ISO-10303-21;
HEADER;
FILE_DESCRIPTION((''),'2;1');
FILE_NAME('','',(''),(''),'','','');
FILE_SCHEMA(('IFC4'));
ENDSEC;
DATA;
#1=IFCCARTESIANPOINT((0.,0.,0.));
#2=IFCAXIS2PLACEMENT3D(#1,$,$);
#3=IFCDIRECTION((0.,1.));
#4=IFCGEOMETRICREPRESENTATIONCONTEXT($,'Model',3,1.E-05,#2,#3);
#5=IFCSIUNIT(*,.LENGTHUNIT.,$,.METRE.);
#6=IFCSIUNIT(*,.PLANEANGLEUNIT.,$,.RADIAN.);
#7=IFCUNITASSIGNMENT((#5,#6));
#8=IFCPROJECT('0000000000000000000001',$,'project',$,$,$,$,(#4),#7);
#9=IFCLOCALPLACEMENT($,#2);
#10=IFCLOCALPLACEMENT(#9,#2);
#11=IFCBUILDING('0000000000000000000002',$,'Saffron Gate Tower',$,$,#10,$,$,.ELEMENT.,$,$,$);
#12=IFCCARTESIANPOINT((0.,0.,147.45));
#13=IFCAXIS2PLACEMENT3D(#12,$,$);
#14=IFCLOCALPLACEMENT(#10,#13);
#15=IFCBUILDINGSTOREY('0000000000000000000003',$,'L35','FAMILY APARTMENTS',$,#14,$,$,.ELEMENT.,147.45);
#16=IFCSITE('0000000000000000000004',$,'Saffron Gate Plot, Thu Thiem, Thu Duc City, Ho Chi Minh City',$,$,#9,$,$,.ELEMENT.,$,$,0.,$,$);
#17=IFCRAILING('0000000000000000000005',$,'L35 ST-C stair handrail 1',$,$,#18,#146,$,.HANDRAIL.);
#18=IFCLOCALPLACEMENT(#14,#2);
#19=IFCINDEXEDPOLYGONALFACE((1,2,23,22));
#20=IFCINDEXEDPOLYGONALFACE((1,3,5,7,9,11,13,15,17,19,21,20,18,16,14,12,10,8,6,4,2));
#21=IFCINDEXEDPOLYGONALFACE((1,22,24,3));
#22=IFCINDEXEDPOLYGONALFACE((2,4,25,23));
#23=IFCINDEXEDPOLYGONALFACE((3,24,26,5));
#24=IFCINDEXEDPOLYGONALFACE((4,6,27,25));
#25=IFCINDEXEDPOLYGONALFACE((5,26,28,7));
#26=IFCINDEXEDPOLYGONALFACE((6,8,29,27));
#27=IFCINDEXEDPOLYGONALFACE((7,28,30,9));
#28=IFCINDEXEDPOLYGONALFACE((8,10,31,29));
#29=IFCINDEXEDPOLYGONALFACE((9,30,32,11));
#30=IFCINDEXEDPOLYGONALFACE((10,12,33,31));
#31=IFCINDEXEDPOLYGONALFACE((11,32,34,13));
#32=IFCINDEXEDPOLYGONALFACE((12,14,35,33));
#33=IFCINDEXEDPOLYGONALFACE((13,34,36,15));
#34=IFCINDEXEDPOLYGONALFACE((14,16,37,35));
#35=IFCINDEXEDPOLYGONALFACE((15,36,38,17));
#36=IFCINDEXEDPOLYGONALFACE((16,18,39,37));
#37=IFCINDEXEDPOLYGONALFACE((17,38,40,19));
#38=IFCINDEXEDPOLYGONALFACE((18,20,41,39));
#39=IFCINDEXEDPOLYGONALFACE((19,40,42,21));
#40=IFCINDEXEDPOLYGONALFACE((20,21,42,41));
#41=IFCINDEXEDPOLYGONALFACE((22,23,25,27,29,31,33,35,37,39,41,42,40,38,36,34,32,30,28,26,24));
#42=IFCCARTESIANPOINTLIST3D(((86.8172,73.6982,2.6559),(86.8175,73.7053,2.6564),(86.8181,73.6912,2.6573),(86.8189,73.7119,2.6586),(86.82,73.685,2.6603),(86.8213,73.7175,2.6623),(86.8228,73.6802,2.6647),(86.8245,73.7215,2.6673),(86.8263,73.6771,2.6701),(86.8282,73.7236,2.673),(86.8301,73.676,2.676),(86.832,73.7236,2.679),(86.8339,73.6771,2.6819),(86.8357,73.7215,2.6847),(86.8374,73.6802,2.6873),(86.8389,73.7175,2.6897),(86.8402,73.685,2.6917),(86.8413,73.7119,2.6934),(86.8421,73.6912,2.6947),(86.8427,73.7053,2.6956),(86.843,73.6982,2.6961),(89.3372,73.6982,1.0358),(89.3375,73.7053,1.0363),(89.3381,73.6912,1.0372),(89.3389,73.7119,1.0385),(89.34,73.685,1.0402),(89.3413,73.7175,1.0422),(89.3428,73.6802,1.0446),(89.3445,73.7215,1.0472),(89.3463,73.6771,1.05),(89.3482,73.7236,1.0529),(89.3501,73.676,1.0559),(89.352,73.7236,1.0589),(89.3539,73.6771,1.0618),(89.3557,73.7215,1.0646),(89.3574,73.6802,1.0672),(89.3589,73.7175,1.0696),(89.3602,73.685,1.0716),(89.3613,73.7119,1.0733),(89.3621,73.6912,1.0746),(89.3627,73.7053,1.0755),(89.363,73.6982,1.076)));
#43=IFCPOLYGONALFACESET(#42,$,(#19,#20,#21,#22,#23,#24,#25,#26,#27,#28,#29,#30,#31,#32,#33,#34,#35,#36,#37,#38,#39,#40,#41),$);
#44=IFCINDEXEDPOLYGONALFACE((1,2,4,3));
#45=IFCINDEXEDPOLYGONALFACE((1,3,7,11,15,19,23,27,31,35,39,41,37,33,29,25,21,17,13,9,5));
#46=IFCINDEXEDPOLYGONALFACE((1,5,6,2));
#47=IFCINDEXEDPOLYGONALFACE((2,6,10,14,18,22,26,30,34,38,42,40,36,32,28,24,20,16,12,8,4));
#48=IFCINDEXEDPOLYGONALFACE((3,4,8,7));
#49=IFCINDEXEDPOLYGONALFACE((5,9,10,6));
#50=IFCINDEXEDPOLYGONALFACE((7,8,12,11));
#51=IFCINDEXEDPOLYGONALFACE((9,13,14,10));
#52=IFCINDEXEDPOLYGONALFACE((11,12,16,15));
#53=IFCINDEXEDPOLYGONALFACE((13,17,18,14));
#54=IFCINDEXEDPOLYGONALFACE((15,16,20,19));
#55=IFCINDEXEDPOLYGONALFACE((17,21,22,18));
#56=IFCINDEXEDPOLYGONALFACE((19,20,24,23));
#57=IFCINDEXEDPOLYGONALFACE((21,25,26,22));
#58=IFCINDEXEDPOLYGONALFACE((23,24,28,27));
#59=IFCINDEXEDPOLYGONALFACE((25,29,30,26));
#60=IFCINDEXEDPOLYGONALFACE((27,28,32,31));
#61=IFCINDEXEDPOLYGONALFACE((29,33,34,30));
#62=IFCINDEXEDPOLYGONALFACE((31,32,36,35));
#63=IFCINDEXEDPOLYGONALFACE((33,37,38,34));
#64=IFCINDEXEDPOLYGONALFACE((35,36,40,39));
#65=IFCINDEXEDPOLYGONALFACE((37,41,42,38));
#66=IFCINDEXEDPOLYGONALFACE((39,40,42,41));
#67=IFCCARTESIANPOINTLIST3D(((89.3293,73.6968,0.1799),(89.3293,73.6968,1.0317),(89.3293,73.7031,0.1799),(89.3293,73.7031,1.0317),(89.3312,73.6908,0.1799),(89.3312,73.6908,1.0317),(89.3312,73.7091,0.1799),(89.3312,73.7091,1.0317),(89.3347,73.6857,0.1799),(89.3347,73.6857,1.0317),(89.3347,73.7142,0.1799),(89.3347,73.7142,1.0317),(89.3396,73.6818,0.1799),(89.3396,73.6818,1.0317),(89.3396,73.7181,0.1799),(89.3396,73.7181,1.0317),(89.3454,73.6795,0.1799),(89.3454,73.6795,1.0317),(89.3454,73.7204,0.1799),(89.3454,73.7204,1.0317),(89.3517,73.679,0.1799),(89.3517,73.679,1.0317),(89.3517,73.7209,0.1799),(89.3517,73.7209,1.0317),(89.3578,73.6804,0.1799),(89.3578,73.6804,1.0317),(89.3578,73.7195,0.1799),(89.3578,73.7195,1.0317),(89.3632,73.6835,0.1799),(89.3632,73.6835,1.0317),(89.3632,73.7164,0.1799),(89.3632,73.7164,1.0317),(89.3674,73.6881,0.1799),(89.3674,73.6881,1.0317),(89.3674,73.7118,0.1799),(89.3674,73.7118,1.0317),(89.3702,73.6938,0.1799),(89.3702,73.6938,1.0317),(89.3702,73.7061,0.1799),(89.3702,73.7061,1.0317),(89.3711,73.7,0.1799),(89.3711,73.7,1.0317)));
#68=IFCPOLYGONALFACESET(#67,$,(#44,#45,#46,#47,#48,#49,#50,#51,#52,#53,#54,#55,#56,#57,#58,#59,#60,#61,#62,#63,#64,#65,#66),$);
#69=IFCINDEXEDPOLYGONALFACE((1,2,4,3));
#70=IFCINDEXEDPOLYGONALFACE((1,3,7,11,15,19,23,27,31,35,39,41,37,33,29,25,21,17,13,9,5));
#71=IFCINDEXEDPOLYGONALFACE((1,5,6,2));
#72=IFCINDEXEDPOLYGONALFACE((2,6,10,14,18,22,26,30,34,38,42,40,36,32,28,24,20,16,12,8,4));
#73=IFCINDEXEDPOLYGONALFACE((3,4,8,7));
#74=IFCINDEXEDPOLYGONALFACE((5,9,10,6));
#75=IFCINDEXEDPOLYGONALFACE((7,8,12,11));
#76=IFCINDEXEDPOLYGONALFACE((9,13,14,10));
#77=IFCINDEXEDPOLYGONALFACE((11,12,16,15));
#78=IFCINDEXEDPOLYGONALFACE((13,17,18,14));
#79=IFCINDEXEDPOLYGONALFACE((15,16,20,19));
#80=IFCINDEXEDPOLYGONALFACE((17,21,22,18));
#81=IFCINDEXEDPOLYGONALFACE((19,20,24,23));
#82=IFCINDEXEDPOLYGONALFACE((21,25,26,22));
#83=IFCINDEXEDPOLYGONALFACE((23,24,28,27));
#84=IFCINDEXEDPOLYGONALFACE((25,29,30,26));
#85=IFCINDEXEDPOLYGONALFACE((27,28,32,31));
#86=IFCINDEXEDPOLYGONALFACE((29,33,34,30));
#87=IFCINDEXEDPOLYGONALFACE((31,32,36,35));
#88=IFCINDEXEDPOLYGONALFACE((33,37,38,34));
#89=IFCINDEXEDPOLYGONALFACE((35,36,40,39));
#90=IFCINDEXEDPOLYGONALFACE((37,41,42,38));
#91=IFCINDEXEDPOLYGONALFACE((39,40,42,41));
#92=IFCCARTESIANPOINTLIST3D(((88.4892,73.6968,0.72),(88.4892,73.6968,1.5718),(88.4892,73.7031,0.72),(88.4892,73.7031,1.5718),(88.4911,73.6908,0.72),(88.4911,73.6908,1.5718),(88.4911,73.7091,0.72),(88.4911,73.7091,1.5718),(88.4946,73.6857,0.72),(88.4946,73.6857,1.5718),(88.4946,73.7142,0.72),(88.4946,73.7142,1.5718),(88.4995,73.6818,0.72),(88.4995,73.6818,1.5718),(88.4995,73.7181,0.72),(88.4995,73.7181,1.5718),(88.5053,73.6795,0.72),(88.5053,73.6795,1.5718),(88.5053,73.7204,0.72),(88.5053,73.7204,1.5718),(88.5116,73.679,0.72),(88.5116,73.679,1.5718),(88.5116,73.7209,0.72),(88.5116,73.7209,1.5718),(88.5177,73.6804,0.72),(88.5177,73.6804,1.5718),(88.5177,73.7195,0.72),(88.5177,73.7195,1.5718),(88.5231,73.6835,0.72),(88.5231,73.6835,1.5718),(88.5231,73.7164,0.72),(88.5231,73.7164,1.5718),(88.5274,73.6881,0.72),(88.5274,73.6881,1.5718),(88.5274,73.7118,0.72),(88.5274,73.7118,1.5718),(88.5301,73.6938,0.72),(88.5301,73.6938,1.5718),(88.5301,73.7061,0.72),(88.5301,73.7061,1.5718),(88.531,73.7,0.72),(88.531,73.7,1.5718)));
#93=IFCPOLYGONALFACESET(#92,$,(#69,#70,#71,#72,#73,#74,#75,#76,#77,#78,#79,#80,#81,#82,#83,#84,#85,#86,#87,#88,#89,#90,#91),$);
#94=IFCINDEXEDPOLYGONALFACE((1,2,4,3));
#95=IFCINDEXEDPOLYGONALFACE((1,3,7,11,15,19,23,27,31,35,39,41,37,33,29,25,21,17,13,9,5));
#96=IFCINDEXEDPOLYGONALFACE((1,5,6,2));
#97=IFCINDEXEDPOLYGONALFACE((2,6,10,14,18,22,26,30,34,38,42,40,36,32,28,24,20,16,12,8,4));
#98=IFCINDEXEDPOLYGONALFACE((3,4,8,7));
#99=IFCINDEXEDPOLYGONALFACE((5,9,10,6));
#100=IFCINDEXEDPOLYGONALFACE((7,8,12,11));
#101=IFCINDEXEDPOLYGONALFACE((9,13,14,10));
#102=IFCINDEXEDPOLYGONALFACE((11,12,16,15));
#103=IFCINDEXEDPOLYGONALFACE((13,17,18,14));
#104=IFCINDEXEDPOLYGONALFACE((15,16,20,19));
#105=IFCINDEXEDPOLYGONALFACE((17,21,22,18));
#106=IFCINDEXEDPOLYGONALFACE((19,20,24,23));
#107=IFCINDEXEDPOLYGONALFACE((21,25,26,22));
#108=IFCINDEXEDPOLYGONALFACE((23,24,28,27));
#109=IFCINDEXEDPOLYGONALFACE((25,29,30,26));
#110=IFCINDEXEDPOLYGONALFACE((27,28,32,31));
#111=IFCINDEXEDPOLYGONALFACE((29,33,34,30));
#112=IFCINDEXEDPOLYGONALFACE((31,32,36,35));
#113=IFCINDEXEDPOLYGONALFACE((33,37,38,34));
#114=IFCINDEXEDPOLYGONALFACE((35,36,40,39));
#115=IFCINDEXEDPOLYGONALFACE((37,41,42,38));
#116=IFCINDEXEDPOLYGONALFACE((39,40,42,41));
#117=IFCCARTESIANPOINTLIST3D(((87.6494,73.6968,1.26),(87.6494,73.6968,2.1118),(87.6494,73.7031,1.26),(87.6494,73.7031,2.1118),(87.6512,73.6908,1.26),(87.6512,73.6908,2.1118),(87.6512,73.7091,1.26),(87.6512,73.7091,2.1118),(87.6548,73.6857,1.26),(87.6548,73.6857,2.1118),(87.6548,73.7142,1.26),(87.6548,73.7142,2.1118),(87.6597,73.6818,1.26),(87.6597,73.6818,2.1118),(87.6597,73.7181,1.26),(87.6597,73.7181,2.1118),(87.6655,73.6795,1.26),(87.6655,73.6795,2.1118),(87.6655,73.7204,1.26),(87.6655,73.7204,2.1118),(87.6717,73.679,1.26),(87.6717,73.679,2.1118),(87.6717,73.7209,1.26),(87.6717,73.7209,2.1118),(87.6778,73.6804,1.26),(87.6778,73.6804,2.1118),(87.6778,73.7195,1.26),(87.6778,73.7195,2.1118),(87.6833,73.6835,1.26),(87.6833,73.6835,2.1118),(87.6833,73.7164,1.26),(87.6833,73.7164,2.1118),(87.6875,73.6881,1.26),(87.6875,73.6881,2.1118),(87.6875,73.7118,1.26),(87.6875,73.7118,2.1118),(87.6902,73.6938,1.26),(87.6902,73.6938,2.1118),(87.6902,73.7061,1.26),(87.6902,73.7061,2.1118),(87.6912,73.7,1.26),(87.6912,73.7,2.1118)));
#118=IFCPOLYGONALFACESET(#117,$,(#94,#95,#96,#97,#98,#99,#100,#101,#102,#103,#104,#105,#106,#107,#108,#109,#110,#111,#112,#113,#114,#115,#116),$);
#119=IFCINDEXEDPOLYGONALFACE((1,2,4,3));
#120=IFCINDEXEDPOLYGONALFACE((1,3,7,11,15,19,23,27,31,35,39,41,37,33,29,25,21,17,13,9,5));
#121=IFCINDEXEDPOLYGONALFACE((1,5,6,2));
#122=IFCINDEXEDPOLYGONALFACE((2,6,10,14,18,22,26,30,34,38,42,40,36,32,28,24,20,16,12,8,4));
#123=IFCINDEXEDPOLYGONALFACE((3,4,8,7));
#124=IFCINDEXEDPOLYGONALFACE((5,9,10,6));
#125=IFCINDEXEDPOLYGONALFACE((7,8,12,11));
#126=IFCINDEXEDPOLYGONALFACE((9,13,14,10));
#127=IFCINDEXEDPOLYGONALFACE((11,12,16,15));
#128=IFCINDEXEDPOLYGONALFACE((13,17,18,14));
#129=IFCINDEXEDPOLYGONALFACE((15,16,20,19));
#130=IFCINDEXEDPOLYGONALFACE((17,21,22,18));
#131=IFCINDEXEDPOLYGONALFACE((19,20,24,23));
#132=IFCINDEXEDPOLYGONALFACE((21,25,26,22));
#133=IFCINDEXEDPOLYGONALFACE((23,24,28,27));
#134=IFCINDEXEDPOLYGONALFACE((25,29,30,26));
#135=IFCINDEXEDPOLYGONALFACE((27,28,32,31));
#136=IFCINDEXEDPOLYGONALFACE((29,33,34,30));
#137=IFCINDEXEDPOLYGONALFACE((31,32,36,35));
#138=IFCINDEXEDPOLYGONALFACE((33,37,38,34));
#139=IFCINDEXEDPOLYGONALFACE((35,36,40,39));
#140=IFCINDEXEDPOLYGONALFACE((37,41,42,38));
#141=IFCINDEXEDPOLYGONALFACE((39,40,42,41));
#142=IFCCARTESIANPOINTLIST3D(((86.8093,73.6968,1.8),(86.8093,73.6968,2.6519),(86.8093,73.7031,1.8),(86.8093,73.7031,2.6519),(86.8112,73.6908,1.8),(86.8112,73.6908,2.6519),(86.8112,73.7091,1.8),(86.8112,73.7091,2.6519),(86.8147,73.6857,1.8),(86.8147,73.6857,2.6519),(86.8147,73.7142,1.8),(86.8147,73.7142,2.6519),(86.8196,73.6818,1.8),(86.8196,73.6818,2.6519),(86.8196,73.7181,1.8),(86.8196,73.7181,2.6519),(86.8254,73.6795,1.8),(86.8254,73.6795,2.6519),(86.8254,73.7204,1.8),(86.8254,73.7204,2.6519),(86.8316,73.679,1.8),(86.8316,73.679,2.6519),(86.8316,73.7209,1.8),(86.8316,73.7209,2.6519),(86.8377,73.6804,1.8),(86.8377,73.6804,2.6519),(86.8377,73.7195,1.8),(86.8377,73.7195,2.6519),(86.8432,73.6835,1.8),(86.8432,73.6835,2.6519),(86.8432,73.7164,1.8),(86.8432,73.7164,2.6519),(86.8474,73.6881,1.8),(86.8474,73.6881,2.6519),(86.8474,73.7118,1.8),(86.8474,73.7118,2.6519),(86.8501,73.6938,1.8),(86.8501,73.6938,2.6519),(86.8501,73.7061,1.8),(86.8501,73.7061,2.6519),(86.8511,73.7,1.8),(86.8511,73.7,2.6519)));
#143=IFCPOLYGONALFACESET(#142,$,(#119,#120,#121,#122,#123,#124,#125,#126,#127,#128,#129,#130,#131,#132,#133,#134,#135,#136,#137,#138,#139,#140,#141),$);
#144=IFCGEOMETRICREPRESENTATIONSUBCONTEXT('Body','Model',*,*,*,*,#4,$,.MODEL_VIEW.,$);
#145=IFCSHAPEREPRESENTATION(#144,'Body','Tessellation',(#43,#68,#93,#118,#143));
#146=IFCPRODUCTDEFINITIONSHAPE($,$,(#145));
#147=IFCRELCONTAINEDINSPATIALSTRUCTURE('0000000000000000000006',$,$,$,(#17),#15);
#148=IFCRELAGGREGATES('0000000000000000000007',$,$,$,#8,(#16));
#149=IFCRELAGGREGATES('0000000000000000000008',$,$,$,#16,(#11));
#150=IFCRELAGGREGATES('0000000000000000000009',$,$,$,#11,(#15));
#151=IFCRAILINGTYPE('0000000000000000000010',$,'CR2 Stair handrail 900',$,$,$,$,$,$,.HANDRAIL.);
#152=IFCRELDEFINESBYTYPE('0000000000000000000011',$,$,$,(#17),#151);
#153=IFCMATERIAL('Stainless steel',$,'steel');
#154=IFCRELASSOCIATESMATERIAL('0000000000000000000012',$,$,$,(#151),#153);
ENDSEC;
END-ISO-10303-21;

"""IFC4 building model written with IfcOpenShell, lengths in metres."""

from ifc_helpers import new_model, si_unit, direction, frame, origin, origin_2d, place, context, subcontext, project, spatial, circle, extrude, material, type_object, element, save


model = new_model("IFC4")

# Units and contexts
model_context = context("Model", 3, precision=1e-05, world=origin(), true_north=direction((0.0, 1.0)))
body_context = subcontext(model_context, "Body", "Model", "MODEL_VIEW")
ifc_project = project(units=[si_unit("LENGTHUNIT", "METRE"), si_unit("PLANEANGLEUNIT", "RADIAN")], contexts=[model_context])

# Site, building, storey
site_placement = place(None, origin())
site = spatial("IfcSite", under=ifc_project, at=site_placement, Name="Saffron Gate Plot, Thu Thiem, Thu Duc City, Ho Chi Minh City", CompositionType="ELEMENT", RefElevation=0.0)
building_placement = place(site_placement, origin())
building = spatial("IfcBuilding", under=site, at=building_placement, Name="Saffron Gate Tower", CompositionType="ELEMENT")
storey_placement = place(building_placement, frame((0.0, 0.0, 147.45)))
storey = spatial("IfcBuildingStorey", under=building, at=storey_placement, Name="L35", Description="FAMILY APARTMENTS", CompositionType="ELEMENT", Elevation=147.45)

# Railing
ifc_material_1 = material(Name="Stainless steel", Category="steel")
railing_type_1 = type_object("IfcRailingType", Name="CR2 Stair handrail 900", PredefinedType="HANDRAIL", material=ifc_material_1)
railing_1_placement = place(storey_placement, frame((89.3501, 73.7, 0.1799)))
element("IfcRailing", 1, at=railing_1_placement, inside=storey, type_object=railing_type_1, Name="L35 ST-C stair handrail 1", PredefinedType="HANDRAIL", context=body_context, shape_type="SweptSolid", body=[
    extrude(circle(Radius=0.0239, at=origin_2d()), frame((0.0, 0.0, 0.876), z_axis=(-0.841163, 0.0, 0.540782), x_axis=(0.0, -1.0, 0.0)), (0.0, 0.0, 1.0), 2.9958),
    extrude(circle(Radius=0.021, at=origin_2d()), origin(), (0.0, 0.0, 1.0), 0.8518),
    extrude(circle(Radius=0.021, at=origin_2d()), frame((-0.8401, 0.0, 0.54)), (0.0, 0.0, 1.0), 0.8518),
    extrude(circle(Radius=0.021, at=origin_2d()), frame((-1.6799, 0.0, 1.0801)), (0.0, 0.0, 1.0), 0.8518),
    extrude(circle(Radius=0.021, at=origin_2d()), frame((-2.52, 0.0, 1.6201)), (0.0, 0.0, 1.0), 0.8518),
])

save(model, "model.ifc")
